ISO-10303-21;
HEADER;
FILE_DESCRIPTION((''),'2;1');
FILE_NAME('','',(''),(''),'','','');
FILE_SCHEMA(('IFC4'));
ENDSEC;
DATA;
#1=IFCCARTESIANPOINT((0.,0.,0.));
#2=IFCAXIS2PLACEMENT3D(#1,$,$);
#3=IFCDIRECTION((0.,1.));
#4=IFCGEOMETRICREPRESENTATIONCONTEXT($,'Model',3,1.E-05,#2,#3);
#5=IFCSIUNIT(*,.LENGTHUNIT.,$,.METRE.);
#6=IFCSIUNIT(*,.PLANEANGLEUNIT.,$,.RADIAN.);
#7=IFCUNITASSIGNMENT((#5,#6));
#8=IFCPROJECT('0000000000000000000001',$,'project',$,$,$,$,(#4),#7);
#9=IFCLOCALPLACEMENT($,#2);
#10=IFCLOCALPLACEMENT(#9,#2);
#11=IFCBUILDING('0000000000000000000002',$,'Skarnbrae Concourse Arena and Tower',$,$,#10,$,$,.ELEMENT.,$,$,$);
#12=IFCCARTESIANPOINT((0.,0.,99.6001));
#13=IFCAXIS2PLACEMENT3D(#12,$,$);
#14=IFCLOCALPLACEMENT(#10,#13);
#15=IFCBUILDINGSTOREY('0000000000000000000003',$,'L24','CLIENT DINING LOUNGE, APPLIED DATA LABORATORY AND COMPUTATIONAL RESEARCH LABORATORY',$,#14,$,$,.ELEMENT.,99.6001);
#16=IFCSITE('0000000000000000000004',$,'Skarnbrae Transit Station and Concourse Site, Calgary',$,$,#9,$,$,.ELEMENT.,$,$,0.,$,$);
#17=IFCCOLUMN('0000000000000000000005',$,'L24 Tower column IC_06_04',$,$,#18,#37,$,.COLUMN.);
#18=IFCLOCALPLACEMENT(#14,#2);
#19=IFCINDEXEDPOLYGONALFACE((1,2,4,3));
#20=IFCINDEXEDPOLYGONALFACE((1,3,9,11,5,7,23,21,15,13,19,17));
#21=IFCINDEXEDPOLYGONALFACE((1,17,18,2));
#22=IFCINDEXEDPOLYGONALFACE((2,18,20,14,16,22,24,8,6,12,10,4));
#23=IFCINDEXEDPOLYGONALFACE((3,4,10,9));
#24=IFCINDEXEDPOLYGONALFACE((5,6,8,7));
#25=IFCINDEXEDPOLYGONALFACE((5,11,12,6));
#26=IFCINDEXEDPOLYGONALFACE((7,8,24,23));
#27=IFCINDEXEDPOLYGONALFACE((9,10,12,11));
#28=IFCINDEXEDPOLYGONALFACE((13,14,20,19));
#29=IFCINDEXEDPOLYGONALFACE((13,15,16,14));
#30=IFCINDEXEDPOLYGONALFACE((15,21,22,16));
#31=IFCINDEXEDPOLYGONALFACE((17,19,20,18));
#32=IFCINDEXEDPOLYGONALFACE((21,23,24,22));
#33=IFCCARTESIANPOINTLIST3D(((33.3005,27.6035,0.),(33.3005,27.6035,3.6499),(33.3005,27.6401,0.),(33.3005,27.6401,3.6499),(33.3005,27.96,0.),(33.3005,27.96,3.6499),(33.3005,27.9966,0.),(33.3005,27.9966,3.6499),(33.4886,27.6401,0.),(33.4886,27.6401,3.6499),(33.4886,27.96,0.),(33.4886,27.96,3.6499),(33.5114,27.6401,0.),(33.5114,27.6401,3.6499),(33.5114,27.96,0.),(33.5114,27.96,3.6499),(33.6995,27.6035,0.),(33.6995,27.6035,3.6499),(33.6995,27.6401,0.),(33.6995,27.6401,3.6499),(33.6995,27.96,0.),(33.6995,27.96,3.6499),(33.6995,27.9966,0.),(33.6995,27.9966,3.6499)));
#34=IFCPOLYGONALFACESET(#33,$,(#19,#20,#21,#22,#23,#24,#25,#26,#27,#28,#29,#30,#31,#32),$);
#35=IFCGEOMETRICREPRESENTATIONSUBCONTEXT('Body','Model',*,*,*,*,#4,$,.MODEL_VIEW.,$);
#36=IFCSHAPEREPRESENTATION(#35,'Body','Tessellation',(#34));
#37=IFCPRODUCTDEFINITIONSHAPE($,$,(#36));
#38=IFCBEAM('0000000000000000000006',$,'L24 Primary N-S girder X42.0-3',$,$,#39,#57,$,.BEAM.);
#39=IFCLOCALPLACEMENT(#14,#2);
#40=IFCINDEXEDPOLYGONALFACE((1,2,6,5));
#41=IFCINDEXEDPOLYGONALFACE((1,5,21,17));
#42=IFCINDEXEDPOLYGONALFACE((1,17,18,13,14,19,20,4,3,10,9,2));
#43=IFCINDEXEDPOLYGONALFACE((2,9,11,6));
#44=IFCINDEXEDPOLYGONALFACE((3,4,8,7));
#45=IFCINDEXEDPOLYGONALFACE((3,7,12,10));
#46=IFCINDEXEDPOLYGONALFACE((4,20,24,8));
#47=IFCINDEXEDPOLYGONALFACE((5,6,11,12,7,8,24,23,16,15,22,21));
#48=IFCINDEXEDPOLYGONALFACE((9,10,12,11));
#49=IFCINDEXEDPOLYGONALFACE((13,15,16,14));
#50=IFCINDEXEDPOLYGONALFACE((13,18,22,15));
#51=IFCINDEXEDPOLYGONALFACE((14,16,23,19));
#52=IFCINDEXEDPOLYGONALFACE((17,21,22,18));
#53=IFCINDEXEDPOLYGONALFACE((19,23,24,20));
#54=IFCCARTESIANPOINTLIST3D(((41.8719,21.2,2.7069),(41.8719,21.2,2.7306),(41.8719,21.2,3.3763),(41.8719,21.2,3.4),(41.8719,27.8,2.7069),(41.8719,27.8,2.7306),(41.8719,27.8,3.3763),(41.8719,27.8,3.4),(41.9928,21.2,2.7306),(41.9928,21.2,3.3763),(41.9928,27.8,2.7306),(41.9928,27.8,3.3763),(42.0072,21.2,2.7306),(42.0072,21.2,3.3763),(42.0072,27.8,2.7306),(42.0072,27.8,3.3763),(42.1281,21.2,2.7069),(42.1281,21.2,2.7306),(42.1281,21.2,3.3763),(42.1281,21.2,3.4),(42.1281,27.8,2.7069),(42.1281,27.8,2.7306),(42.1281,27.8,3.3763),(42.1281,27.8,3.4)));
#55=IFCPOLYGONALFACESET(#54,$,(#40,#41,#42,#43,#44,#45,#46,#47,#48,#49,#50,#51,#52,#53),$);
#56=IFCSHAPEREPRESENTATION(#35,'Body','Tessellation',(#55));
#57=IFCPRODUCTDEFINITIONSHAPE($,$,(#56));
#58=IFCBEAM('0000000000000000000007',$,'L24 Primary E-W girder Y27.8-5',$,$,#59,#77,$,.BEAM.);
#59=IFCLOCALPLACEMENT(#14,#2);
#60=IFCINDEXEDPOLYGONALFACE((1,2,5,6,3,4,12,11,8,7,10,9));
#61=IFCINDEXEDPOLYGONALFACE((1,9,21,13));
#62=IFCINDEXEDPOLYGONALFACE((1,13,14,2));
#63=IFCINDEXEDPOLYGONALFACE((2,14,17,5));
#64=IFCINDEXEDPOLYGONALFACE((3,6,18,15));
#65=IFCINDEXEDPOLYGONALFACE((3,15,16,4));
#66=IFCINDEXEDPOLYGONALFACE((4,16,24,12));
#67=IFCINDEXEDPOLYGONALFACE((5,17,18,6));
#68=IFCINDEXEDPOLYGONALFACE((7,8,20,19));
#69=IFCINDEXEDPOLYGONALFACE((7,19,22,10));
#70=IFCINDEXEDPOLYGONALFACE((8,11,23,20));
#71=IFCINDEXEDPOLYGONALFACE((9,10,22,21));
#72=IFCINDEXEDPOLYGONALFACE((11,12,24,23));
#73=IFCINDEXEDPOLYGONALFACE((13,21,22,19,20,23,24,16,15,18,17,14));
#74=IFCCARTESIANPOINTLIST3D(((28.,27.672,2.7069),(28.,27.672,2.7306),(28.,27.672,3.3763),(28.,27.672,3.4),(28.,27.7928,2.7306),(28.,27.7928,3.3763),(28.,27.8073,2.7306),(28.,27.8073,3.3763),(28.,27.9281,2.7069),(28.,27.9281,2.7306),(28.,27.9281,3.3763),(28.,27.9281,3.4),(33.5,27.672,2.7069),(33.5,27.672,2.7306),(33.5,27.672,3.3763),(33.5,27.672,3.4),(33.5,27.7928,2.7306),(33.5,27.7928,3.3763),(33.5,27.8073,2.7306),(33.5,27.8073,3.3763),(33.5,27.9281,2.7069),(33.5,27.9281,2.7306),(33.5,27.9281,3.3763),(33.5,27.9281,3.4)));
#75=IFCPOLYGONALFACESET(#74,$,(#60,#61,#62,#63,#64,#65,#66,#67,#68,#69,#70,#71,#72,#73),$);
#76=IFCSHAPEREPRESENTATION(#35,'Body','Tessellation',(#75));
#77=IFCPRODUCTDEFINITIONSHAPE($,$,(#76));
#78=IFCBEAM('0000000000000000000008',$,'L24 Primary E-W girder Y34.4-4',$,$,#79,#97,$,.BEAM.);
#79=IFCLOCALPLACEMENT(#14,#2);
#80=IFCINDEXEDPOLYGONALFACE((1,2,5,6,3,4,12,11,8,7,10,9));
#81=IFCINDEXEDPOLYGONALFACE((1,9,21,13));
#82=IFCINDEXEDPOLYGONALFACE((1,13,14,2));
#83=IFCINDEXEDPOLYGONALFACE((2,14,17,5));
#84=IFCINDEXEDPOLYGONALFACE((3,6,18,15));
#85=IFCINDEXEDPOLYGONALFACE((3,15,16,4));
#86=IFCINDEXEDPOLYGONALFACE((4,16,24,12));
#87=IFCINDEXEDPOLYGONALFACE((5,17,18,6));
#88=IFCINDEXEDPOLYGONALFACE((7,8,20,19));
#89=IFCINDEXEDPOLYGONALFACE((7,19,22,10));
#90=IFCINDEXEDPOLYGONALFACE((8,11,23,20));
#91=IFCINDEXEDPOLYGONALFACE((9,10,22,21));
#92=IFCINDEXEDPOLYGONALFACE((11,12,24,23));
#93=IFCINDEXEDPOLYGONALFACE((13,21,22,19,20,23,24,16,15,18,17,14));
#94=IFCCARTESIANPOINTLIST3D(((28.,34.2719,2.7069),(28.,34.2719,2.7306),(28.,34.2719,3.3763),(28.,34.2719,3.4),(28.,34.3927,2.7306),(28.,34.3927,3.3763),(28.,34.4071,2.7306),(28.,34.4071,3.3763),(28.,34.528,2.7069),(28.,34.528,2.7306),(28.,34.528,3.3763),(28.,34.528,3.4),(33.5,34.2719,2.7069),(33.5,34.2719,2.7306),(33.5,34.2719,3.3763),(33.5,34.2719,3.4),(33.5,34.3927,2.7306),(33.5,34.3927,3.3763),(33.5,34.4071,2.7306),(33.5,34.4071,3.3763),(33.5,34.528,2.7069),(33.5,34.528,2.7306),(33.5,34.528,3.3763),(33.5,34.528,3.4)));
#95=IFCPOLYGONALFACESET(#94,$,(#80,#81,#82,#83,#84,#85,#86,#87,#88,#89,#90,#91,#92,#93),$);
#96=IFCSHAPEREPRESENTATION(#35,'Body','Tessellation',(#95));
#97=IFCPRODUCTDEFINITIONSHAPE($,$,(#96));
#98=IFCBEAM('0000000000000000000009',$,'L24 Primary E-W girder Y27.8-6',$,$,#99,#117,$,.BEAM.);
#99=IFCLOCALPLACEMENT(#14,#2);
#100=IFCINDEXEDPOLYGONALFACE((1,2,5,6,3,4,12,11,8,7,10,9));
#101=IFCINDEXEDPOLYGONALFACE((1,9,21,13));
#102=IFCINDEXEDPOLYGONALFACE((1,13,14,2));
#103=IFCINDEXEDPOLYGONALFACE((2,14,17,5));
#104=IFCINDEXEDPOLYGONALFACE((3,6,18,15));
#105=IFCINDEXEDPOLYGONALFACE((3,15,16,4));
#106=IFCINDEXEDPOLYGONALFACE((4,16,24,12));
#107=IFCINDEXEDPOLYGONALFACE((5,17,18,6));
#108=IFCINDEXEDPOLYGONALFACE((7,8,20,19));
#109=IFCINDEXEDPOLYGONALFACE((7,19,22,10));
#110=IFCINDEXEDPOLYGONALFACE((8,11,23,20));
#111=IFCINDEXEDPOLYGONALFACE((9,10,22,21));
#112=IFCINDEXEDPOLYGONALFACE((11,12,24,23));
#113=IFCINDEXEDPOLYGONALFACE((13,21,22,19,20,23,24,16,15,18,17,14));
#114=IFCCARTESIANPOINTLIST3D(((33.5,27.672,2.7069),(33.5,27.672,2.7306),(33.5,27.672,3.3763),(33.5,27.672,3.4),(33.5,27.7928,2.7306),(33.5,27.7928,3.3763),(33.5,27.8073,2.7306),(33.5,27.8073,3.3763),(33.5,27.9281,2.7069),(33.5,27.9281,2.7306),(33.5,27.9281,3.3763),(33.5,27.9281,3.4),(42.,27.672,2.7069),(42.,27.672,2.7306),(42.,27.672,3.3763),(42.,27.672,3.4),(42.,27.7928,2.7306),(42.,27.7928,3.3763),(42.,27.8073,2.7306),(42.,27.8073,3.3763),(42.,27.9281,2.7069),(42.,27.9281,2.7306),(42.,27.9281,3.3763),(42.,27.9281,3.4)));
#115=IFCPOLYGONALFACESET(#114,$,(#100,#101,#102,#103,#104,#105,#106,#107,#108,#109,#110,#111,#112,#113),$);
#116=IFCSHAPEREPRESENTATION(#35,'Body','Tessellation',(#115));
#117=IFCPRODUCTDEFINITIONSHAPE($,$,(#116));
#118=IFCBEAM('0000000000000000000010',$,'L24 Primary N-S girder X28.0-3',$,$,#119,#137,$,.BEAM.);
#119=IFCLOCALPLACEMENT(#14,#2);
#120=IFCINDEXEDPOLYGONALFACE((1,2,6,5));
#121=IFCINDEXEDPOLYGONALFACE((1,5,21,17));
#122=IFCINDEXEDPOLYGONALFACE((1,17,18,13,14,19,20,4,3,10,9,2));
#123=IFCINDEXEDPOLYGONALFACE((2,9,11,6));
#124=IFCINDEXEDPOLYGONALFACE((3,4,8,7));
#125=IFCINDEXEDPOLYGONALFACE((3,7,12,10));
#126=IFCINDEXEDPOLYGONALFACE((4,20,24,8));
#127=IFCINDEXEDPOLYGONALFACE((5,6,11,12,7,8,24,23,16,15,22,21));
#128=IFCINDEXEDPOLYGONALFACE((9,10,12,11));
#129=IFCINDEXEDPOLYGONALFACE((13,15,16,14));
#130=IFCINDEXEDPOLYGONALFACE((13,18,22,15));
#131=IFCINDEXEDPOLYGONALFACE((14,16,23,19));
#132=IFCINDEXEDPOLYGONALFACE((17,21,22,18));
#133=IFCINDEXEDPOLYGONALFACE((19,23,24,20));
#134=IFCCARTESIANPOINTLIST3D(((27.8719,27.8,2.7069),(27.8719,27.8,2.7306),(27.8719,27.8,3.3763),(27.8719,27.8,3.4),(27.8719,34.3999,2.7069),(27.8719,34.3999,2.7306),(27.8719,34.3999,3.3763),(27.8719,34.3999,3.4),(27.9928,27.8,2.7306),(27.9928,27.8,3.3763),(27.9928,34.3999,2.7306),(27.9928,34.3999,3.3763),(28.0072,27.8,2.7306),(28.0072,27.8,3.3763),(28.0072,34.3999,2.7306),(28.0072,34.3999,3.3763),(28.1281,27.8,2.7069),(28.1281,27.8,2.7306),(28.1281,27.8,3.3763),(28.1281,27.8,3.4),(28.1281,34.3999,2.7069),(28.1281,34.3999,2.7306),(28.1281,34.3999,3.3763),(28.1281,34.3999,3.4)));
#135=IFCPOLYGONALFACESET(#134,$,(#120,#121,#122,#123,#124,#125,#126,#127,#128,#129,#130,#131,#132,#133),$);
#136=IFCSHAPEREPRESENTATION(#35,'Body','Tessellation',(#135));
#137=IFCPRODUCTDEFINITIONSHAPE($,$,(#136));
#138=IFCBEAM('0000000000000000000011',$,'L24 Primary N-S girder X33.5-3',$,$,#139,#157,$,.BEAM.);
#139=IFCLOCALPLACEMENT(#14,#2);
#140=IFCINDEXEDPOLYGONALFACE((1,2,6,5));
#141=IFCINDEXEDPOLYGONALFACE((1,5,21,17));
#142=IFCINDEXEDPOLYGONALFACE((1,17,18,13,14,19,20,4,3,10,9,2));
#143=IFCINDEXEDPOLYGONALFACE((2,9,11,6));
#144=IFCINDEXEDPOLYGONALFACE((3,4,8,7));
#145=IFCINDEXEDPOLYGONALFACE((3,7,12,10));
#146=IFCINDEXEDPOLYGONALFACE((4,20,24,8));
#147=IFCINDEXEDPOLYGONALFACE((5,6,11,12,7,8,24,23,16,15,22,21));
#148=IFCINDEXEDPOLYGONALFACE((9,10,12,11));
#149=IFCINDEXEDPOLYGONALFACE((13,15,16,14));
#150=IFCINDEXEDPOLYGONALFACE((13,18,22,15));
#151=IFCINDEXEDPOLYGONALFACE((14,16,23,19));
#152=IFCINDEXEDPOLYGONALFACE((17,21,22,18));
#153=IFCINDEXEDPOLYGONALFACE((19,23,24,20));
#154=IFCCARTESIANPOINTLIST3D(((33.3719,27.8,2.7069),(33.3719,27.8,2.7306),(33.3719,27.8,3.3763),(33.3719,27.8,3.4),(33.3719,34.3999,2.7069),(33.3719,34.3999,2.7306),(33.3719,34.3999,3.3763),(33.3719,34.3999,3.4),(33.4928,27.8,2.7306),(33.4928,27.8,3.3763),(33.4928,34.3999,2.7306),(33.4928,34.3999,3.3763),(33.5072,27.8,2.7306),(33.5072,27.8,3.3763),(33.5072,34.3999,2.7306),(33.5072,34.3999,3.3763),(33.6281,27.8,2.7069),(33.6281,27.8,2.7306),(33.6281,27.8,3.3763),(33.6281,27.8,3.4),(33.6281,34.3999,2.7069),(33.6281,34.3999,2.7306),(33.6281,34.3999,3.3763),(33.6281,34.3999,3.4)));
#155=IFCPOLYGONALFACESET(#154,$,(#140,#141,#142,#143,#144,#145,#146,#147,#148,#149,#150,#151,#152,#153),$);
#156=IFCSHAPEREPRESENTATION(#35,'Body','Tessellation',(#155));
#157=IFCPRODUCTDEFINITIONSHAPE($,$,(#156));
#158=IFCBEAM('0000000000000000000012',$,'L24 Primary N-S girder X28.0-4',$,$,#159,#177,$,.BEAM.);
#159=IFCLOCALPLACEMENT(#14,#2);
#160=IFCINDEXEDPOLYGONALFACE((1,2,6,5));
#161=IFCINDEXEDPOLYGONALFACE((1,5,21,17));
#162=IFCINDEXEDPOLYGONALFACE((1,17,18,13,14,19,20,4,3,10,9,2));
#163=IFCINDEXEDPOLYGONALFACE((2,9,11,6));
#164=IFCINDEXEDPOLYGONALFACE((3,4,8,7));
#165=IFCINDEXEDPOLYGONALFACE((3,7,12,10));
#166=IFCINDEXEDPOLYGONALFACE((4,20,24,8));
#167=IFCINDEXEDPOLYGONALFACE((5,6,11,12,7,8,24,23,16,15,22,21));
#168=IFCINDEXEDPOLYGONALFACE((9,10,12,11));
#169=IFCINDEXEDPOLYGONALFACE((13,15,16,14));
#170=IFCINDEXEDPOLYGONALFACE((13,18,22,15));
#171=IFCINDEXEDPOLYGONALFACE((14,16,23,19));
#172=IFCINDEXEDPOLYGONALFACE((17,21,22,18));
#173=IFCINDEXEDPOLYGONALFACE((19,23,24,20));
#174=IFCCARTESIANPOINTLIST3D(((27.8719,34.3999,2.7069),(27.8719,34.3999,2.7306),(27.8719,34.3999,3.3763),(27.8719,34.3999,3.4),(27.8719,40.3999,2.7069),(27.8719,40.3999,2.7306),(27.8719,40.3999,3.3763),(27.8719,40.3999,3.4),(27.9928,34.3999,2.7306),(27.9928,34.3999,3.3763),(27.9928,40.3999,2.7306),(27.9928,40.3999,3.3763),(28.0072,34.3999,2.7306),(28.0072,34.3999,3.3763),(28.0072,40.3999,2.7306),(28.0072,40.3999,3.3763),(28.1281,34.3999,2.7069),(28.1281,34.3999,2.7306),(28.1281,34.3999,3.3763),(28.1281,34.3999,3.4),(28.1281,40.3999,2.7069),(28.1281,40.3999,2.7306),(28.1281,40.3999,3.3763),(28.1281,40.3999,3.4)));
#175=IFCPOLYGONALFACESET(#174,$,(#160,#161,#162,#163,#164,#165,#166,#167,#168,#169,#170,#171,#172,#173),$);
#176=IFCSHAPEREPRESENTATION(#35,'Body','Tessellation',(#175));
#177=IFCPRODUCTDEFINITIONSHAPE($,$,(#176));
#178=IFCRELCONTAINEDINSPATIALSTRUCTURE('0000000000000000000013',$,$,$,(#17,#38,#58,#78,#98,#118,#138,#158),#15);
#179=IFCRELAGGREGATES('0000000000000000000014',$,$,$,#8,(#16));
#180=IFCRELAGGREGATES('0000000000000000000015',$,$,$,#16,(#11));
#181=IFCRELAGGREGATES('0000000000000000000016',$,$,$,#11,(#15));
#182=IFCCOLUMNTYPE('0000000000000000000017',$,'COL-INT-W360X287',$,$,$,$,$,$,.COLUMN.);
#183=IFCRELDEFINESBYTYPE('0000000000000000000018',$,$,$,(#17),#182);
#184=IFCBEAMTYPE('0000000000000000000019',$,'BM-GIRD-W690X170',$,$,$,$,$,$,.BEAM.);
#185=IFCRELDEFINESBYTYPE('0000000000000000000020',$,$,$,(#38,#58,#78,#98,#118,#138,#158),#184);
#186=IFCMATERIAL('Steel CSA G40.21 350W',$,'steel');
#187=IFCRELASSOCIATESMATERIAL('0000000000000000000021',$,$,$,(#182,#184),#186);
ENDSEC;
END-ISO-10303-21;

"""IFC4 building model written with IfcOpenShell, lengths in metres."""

from ifc_helpers import new_model, si_unit, direction, frame, origin, origin_2d, place, context, subcontext, project, spatial, i_section, extrude, source, transform, mapped, material, material_profile, profile_set, type_object, element, save


model = new_model("IFC4")

# Units and contexts
model_context = context("Model", 3, precision=1e-05, world=origin(), true_north=direction((0.0, 1.0)))
body_context = subcontext(model_context, "Body", "Model", "MODEL_VIEW")
ifc_project = project(units=[si_unit("LENGTHUNIT", "METRE"), si_unit("PLANEANGLEUNIT", "RADIAN")], contexts=[model_context])

# Site, building, storey
site_placement = place(None, origin())
site = spatial("IfcSite", under=ifc_project, at=site_placement, Name="Skarnbrae Transit Station and Concourse Site, Calgary", CompositionType="ELEMENT", RefElevation=0.0)
building_placement = place(site_placement, origin())
building = spatial("IfcBuilding", under=site, at=building_placement, Name="Skarnbrae Concourse Arena and Tower", CompositionType="ELEMENT")
storey_placement = place(building_placement, frame((0.0, 0.0, 99.6001)))
storey = spatial("IfcBuildingStorey", under=building, at=storey_placement, Name="L24", Description="CLIENT DINING LOUNGE, APPLIED DATA LABORATORY AND COMPUTATIONAL RESEARCH LABORATORY", CompositionType="ELEMENT", Elevation=99.6001)

# Column
ifc_material_1 = material(Name="Steel CSA G40.21 350W", Category="steel")
ifc_material_profile_1 = material_profile(ifc_material_1, i_section(OverallWidth=0.3989, OverallDepth=0.3931, WebThickness=0.0227, FlangeThickness=0.0366, at=origin_2d()), Name="W360X287")
ifc_profile_set_1 = profile_set([ifc_material_profile_1], Name="Steel CSA G40.21 350W")
column_type = type_object("IfcColumnType", Name="COL-INT-W360X287", PredefinedType="COLUMN", material=ifc_profile_set_1)
shared_shape_1 = source(origin(), body_context, "Body", "SweptSolid", [
    extrude(i_section(OverallWidth=0.3989, OverallDepth=0.3931, WebThickness=0.0227, FlangeThickness=0.0366, at=origin_2d()), origin(), (0.0, 0.0, 1.0), 3.6499),
])
column_placement = place(storey_placement, frame((33.5, 27.8, 0.0), z_axis=(0.0, 0.0, 1.0), x_axis=(1.0, 0.0, 0.0)))
element("IfcColumn", 1, at=column_placement, inside=storey, type_object=column_type, Name="L24 Tower column IC_06_04", PredefinedType="COLUMN", context=body_context, shape_type="MappedRepresentation", body=[
    mapped(shared_shape_1, transform((0.0, 0.0, 0.0))),
])

# Beams
ifc_material_profile_2 = material_profile(ifc_material_1, i_section(OverallWidth=0.2561, OverallDepth=0.6931, WebThickness=0.0144, FlangeThickness=0.0237, at=origin_2d()), Name="W690X170")
ifc_profile_set_2 = profile_set([ifc_material_profile_2], Name="Steel CSA G40.21 350W")
beam_type_1 = type_object("IfcBeamType", Name="BM-GIRD-W690X170", PredefinedType="BEAM", material=ifc_profile_set_2)
shared_shape_2 = source(origin(), body_context, "Body", "SweptSolid", [
    extrude(i_section(OverallWidth=0.2561, OverallDepth=0.6931, WebThickness=0.0144, FlangeThickness=0.0237, at=origin_2d()), origin(), (0.0, 0.0, 1.0), 6.6001),
])
beam_1_placement = place(storey_placement, frame((42.0, 21.2, 3.0535), z_axis=(0.0, 1.0, 0.0), x_axis=(-1.0, 0.0, 0.0)))
element("IfcBeam", 2, at=beam_1_placement, inside=storey, type_object=beam_type_1, Name="L24 Primary N-S girder X42.0-3", PredefinedType="BEAM", context=body_context, shape_type="MappedRepresentation", body=[
    mapped(shared_shape_2, transform((0.0, 0.0, 0.0))),
])
shared_shape_3 = source(origin(), body_context, "Body", "SweptSolid", [
    extrude(i_section(OverallWidth=0.2561, OverallDepth=0.6931, WebThickness=0.0144, FlangeThickness=0.0237, at=origin_2d()), origin(), (0.0, 0.0, 1.0), 5.5),
])
for number, where, z_axis, x_axis, name in (
    (3, (28.0, 27.8, 3.0535), (1.0, 0.0, 0.0), (0.0, 1.0, 0.0), "L24 Primary E-W girder Y27.8-5"),
    (4, (28.0, 34.3999, 3.0535), (1.0, 0.0, 0.0), (0.0, 1.0, 0.0), "L24 Primary E-W girder Y34.4-4"),
):
    element("IfcBeam", number, at=place(storey_placement, frame(where, z_axis=z_axis, x_axis=x_axis)), inside=storey, type_object=beam_type_1, Name=name, PredefinedType="BEAM", context=body_context, shape_type="MappedRepresentation", body=[
        mapped(shared_shape_3, transform((0.0, 0.0, 0.0))),
    ])
shared_shape_4 = source(origin(), body_context, "Body", "SweptSolid", [
    extrude(i_section(OverallWidth=0.2561, OverallDepth=0.6931, WebThickness=0.0144, FlangeThickness=0.0237, at=origin_2d()), origin(), (0.0, 0.0, 1.0), 8.5),
])
beam_2_placement = place(storey_placement, frame((33.5, 27.8, 3.0535), z_axis=(1.0, 0.0, 0.0), x_axis=(0.0, 1.0, 0.0)))
element("IfcBeam", 5, at=beam_2_placement, inside=storey, type_object=beam_type_1, Name="L24 Primary E-W girder Y27.8-6", PredefinedType="BEAM", context=body_context, shape_type="MappedRepresentation", body=[
    mapped(shared_shape_4, transform((0.0, 0.0, 0.0))),
])
shared_shape_5 = source(origin(), body_context, "Body", "SweptSolid", [
    extrude(i_section(OverallWidth=0.2561, OverallDepth=0.6931, WebThickness=0.0144, FlangeThickness=0.0237, at=origin_2d()), origin(), (0.0, 0.0, 1.0), 6.5999),
])
for number, where, z_axis, x_axis, name in (
    (6, (28.0, 27.8, 3.0535), (0.0, 1.0, 0.0), (-1.0, 0.0, 0.0), "L24 Primary N-S girder X28.0-3"),
    (7, (33.5, 27.8, 3.0535), (0.0, 1.0, 0.0), (-1.0, 0.0, 0.0), "L24 Primary N-S girder X33.5-3"),
):
    element("IfcBeam", number, at=place(storey_placement, frame(where, z_axis=z_axis, x_axis=x_axis)), inside=storey, type_object=beam_type_1, Name=name, PredefinedType="BEAM", context=body_context, shape_type="MappedRepresentation", body=[
        mapped(shared_shape_5, transform((0.0, 0.0, 0.0))),
    ])
shared_shape_6 = source(origin(), body_context, "Body", "SweptSolid", [
    extrude(i_section(OverallWidth=0.2561, OverallDepth=0.6931, WebThickness=0.0144, FlangeThickness=0.0237, at=origin_2d()), origin(), (0.0, 0.0, 1.0), 6.0),
])
beam_3_placement = place(storey_placement, frame((28.0, 34.3999, 3.0535), z_axis=(0.0, 1.0, 0.0), x_axis=(-1.0, 0.0, 0.0)))
element("IfcBeam", 8, at=beam_3_placement, inside=storey, type_object=beam_type_1, Name="L24 Primary N-S girder X28.0-4", PredefinedType="BEAM", context=body_context, shape_type="MappedRepresentation", body=[
    mapped(shared_shape_6, transform((0.0, 0.0, 0.0))),
])

save(model, "model.ifc")
